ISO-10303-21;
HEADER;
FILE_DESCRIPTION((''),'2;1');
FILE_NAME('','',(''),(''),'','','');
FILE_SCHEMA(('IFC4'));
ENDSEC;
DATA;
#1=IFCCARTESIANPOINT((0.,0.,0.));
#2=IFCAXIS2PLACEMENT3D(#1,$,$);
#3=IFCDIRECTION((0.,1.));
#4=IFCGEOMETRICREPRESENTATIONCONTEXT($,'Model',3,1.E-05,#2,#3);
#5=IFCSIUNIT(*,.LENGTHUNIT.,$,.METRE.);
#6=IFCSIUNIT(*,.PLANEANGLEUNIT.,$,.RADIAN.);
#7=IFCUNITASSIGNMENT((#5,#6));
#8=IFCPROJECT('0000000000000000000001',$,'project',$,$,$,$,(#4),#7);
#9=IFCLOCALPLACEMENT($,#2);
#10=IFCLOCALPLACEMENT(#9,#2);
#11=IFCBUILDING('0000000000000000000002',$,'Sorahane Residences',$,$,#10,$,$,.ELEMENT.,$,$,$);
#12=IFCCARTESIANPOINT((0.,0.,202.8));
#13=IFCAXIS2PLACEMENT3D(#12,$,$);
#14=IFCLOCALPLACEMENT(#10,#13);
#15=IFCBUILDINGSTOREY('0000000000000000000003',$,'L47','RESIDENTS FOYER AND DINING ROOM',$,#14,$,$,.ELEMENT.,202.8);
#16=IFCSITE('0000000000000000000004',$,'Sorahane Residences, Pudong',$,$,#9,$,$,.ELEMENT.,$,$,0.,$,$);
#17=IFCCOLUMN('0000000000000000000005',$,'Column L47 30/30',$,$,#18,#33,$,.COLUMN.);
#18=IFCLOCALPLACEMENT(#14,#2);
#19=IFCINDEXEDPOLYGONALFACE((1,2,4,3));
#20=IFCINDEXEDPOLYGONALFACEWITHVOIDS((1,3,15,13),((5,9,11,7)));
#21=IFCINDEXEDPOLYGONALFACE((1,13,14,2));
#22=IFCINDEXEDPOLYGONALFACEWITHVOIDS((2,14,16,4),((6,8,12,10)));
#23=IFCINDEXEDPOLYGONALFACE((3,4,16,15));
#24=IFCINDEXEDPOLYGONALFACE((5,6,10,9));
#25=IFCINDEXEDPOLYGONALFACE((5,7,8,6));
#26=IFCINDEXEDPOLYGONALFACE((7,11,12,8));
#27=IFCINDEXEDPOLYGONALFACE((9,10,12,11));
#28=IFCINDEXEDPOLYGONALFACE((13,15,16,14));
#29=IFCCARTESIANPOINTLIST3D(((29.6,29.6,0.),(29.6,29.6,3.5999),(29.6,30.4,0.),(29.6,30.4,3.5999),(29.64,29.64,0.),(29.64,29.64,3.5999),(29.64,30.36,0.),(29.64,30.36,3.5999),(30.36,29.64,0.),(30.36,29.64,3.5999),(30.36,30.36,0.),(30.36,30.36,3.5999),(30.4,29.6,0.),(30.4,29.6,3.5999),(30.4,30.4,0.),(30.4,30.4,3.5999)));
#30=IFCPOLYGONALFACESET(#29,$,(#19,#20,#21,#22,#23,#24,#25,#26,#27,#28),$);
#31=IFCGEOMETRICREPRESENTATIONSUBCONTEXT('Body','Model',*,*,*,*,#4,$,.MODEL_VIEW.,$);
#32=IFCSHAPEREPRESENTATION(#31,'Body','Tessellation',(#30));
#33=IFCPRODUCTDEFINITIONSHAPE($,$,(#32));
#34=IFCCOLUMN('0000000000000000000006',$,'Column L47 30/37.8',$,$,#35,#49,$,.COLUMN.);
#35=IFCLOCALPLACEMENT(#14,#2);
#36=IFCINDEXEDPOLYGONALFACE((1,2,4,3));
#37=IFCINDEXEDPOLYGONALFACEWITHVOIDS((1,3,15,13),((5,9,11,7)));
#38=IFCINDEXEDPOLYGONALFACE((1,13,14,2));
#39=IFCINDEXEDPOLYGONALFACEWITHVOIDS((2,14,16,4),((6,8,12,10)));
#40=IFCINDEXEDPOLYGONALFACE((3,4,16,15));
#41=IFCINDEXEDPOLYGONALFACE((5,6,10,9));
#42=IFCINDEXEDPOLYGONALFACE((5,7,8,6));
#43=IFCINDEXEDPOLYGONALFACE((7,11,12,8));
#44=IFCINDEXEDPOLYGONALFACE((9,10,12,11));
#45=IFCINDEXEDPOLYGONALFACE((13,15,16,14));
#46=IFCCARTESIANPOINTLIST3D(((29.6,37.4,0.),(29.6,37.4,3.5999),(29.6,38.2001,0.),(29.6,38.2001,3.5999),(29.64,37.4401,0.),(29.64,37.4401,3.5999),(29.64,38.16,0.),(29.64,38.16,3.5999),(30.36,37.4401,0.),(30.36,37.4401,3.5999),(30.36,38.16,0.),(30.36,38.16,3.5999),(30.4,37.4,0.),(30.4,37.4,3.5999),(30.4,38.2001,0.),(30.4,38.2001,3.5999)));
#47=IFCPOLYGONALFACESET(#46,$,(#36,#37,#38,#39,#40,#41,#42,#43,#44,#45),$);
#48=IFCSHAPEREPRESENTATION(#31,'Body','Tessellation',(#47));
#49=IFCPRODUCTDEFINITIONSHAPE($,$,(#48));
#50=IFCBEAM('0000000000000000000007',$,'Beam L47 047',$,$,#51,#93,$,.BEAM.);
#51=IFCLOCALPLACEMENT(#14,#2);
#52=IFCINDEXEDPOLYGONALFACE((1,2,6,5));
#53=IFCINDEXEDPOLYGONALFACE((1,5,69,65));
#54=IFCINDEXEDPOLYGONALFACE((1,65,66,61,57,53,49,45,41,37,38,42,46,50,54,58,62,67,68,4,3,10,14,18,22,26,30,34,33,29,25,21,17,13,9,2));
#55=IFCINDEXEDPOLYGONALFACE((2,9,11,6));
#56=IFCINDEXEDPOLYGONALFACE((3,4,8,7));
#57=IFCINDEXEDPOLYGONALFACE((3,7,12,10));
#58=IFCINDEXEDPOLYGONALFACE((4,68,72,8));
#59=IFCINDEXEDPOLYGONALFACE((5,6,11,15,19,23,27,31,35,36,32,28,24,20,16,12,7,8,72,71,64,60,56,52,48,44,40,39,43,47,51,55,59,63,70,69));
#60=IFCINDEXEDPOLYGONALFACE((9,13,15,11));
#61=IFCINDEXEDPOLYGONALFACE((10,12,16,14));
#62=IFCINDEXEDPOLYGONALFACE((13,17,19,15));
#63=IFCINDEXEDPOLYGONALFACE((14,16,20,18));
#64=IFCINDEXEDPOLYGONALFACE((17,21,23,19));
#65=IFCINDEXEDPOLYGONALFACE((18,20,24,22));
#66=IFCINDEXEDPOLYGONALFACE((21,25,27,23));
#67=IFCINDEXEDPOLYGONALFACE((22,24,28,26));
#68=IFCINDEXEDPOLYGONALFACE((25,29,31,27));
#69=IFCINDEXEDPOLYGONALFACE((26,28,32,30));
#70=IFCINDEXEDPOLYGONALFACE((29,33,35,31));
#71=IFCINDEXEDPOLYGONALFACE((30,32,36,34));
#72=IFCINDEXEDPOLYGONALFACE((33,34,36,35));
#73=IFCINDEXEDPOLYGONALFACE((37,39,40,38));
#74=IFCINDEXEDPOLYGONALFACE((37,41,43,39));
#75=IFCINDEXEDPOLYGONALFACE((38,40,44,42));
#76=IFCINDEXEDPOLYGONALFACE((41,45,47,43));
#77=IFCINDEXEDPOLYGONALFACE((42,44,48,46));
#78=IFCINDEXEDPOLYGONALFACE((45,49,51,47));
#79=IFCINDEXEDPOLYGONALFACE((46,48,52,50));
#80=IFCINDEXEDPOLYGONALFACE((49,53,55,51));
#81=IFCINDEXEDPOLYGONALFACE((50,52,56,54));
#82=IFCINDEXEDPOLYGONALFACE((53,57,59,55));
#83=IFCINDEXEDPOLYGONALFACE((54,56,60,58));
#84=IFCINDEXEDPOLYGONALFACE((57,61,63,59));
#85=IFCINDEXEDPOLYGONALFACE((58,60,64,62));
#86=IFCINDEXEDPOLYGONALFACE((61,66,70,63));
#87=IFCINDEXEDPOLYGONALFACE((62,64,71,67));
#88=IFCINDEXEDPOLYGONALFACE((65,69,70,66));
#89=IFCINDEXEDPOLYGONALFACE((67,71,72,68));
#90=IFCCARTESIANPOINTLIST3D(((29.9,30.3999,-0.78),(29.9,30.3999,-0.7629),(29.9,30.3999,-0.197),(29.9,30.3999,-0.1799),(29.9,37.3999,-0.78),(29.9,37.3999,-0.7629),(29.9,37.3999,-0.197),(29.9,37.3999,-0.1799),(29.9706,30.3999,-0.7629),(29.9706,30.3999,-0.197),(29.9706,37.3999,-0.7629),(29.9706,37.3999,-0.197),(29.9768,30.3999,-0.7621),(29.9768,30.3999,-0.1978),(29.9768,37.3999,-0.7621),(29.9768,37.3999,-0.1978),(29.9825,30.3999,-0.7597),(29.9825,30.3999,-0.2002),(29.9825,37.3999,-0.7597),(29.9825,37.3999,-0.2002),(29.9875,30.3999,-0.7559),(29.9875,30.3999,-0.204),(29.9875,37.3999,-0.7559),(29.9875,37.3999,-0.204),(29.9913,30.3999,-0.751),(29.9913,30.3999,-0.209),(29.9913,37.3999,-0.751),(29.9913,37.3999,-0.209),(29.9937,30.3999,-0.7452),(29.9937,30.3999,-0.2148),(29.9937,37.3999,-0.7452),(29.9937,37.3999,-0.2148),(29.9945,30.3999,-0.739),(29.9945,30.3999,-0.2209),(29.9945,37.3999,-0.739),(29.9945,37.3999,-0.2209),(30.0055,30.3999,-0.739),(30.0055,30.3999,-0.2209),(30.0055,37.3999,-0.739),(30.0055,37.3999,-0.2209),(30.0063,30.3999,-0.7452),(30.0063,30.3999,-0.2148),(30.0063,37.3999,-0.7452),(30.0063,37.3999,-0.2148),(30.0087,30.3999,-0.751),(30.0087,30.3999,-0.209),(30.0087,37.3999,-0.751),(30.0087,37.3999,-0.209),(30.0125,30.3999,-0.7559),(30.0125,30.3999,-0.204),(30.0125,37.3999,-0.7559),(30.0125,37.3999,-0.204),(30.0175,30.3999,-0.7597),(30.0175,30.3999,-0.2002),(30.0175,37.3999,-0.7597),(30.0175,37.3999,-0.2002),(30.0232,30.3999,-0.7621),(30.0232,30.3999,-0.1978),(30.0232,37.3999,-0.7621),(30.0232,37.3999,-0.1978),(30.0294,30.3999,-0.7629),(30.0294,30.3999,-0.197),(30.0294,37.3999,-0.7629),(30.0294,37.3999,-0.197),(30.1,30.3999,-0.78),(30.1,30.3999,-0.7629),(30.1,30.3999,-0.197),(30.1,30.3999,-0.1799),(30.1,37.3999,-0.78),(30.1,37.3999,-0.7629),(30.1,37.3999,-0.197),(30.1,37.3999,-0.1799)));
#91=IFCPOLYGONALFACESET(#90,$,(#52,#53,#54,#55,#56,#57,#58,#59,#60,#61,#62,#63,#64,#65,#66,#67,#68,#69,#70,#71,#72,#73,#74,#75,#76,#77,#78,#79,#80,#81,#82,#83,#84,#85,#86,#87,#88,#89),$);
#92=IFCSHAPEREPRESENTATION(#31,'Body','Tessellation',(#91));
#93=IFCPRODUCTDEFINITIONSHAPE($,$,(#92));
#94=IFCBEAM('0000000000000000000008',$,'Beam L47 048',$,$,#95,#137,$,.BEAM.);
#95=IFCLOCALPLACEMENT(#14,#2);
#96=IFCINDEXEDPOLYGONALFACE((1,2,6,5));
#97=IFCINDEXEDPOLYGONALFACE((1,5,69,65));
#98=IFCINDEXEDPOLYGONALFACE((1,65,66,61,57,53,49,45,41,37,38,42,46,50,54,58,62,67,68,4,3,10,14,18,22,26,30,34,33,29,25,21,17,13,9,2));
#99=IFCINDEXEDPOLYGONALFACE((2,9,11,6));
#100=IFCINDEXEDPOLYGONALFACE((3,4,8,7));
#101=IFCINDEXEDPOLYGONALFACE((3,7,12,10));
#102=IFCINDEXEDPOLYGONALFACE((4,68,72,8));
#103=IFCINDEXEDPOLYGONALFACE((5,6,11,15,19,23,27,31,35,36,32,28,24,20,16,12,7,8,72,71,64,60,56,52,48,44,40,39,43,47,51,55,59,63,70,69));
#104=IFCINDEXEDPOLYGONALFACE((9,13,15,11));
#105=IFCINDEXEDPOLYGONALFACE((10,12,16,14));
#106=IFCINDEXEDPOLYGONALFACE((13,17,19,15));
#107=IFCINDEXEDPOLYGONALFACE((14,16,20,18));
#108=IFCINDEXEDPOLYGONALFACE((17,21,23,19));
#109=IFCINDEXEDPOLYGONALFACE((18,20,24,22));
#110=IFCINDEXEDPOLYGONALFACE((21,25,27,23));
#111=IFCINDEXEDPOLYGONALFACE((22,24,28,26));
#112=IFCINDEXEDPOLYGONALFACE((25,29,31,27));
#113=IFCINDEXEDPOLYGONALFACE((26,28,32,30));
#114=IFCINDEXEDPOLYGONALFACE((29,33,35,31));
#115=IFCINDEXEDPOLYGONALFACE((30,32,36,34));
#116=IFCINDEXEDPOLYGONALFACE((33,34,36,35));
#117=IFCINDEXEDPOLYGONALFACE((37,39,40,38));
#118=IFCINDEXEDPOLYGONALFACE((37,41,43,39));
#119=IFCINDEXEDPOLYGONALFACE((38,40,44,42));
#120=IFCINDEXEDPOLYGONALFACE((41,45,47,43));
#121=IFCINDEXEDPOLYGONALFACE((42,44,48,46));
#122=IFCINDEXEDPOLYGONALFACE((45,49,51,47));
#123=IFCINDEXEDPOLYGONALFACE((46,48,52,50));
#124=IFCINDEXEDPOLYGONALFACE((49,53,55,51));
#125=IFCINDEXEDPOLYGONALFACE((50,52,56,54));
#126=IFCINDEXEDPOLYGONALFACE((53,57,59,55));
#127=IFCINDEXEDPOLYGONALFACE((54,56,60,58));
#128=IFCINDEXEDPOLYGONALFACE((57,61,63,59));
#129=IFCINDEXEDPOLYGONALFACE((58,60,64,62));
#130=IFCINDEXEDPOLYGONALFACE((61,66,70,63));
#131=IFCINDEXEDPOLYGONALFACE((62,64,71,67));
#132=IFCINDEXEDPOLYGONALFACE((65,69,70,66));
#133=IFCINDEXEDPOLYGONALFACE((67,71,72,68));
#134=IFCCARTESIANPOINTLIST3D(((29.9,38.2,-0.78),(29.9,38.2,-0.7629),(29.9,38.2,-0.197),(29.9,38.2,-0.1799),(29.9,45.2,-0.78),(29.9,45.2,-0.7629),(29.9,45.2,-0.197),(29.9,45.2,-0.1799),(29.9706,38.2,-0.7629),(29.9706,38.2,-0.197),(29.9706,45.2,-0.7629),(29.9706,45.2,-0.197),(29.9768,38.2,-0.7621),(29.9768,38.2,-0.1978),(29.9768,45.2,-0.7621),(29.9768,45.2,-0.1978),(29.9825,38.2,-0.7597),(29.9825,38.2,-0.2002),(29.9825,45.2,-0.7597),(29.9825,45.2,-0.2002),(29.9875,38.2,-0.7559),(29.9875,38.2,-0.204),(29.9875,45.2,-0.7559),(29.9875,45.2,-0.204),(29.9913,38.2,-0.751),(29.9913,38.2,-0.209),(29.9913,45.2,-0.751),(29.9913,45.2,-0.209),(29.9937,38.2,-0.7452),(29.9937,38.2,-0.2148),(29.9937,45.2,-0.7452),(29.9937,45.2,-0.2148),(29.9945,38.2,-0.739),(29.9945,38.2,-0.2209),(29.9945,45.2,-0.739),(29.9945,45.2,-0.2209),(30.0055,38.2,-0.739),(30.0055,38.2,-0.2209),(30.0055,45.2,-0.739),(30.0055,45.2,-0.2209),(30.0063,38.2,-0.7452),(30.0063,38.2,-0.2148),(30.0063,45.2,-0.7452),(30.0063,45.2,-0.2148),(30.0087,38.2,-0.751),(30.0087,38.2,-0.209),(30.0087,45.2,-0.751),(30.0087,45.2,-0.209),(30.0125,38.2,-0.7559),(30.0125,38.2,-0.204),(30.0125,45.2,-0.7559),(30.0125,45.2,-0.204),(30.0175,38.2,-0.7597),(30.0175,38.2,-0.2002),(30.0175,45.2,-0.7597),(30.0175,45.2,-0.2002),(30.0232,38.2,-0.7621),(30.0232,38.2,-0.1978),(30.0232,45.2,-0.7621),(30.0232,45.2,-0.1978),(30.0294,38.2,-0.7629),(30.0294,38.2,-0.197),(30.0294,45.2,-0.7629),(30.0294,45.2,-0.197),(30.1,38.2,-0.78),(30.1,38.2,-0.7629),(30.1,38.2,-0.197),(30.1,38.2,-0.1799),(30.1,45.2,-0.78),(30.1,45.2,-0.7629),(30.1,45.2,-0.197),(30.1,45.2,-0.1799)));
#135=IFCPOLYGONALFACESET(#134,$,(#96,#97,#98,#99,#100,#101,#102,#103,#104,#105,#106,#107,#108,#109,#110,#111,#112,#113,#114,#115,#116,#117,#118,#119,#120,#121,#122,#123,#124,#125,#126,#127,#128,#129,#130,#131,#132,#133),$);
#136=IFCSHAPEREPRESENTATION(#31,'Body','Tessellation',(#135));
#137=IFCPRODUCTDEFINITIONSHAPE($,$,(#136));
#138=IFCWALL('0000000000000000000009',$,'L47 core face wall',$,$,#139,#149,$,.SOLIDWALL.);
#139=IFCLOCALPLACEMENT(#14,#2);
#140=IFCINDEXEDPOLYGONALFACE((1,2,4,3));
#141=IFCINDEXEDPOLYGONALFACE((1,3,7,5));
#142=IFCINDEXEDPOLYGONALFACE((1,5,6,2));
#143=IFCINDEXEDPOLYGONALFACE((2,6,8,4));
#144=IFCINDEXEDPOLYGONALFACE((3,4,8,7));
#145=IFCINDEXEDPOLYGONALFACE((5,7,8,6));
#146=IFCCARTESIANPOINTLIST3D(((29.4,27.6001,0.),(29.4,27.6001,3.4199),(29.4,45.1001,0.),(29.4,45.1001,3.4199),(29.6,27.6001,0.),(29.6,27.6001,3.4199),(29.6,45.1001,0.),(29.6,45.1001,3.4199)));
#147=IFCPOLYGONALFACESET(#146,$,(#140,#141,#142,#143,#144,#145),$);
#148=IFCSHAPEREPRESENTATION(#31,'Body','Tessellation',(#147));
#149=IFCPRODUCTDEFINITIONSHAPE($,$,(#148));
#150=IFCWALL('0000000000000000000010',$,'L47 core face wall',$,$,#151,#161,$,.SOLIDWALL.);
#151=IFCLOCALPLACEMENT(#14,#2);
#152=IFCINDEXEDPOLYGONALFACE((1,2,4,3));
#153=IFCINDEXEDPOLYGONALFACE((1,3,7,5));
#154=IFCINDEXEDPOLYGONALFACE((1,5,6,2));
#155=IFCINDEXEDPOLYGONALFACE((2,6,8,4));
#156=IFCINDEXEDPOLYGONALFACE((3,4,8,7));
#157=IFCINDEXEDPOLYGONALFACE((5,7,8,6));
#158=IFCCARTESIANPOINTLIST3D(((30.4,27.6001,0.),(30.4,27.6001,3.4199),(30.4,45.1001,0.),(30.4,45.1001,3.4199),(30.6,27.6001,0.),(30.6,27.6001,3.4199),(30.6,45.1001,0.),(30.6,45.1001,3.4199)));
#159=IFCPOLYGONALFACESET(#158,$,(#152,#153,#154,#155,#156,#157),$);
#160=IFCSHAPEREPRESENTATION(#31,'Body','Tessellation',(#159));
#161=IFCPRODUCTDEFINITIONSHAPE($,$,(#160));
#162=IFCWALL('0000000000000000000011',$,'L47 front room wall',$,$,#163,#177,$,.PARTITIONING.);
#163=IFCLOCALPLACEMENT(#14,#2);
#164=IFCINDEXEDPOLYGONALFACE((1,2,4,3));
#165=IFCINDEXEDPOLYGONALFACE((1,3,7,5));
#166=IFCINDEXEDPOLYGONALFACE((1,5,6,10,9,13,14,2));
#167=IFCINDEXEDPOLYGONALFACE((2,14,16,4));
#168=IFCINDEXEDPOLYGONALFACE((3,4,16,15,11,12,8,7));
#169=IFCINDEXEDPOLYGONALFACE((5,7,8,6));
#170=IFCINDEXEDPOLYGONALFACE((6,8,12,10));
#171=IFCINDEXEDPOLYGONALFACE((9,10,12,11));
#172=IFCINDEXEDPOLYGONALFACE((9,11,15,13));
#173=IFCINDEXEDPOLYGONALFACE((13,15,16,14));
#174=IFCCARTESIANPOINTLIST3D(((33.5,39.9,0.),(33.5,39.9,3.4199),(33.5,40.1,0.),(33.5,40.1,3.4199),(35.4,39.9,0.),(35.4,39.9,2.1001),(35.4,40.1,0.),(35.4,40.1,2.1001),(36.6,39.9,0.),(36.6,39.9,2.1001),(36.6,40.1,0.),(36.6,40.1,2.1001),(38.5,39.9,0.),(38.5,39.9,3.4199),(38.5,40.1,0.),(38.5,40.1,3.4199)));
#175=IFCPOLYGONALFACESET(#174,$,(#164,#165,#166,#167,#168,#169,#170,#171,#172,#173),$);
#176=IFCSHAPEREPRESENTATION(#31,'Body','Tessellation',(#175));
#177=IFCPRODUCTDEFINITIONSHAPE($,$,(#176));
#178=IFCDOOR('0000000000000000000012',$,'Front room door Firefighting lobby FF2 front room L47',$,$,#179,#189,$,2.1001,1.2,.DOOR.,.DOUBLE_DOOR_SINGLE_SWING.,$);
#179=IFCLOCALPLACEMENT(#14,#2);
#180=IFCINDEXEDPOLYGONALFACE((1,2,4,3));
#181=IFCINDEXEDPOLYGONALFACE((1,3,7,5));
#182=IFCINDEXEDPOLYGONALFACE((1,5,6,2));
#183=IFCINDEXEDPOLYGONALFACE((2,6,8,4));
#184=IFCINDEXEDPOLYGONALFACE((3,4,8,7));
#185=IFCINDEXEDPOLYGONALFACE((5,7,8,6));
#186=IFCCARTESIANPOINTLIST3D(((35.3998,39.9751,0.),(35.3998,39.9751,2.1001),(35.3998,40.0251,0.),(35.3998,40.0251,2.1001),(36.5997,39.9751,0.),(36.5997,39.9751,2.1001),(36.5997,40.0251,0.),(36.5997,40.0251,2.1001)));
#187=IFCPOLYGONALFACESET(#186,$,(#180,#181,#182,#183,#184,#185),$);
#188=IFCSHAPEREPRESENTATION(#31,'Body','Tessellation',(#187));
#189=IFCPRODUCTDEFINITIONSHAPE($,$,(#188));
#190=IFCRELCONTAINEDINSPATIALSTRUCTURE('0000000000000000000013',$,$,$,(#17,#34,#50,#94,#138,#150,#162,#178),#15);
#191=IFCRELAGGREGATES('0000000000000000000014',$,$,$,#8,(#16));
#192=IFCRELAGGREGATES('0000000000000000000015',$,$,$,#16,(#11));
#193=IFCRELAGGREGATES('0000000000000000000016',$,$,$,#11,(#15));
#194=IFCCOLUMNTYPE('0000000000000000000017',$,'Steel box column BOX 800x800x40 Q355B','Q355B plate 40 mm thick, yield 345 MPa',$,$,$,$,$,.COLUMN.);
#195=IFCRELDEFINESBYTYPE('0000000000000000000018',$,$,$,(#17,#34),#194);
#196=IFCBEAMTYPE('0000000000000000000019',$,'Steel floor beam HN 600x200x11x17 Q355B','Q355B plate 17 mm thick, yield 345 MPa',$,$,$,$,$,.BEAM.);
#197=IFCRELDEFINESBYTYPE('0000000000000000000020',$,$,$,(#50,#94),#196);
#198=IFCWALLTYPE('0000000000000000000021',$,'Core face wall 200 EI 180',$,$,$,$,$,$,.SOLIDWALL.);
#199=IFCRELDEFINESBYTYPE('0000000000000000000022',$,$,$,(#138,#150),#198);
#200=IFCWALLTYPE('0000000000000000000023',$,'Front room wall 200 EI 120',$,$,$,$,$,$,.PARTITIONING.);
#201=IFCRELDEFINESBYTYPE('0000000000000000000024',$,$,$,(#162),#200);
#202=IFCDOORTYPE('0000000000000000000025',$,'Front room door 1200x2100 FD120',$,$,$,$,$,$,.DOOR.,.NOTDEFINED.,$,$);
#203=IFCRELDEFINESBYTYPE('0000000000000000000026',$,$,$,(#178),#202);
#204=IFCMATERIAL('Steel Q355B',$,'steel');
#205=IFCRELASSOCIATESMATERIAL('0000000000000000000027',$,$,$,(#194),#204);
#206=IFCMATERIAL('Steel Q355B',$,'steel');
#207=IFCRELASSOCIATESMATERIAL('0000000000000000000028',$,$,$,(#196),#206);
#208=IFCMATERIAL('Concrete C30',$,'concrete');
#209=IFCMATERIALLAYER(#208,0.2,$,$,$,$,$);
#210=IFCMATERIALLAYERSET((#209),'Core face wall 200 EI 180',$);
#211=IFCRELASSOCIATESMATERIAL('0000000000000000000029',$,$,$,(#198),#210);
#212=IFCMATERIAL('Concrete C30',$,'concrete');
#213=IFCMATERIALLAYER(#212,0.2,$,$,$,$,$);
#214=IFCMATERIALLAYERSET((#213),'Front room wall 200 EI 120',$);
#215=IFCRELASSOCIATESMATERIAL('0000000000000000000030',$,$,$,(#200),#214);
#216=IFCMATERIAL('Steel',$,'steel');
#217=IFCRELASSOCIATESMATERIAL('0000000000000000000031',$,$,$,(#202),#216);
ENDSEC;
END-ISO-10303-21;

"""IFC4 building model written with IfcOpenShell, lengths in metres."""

from ifc_helpers import new_model, si_unit, direction, frame, frame_2d, origin, origin_2d, place, context, subcontext, project, spatial, rectangle, hollow_rectangle, i_section, extrude, material, layer, layer_set, material_profile, profile_set, type_object, element, fill, save


model = new_model("IFC4")

# Units and contexts
model_context = context("Model", 3, precision=1e-05, world=origin(), true_north=direction((0.0, 1.0)))
body_context = subcontext(model_context, "Body", "Model", "MODEL_VIEW")
ifc_project = project(units=[si_unit("LENGTHUNIT", "METRE"), si_unit("PLANEANGLEUNIT", "RADIAN")], contexts=[model_context])

# Site, building, storey
site_placement = place(None, origin())
site = spatial("IfcSite", under=ifc_project, at=site_placement, Name="Sorahane Residences, Pudong", CompositionType="ELEMENT", RefElevation=0.0)
building_placement = place(site_placement, origin())
building = spatial("IfcBuilding", under=site, at=building_placement, Name="Sorahane Residences", CompositionType="ELEMENT")
storey_placement = place(building_placement, frame((0.0, 0.0, 202.8)))
storey = spatial("IfcBuildingStorey", under=building, at=storey_placement, Name="L47", Description="RESIDENTS FOYER AND DINING ROOM", CompositionType="ELEMENT", Elevation=202.8)

# Columns
ifc_material_1 = material(Name="Steel Q355B", Category="steel")
ifc_material_profile_1 = material_profile(ifc_material_1, hollow_rectangle(XDim=0.8, YDim=0.8, WallThickness=0.04, at=origin_2d()), Name="BOX 800x800x40")
ifc_profile_set_1 = profile_set([ifc_material_profile_1], Name="Steel Q355B")
column_type = type_object("IfcColumnType", Name="Steel box column BOX 800x800x40 Q355B", Description="Q355B plate 40 mm thick, yield 345 MPa", PredefinedType="COLUMN", material=ifc_profile_set_1)
for number, where, z_axis, x_axis, name in (
    (1, (30.0, 30.0, 0.0), (0.0, 0.0, 1.0), (1.0, 0.0, 0.0), "Column L47 30/30"),
    (2, (30.0, 37.8, 0.0), (0.0, 0.0, 1.0), (1.0, 0.0, 0.0), "Column L47 30/37.8"),
):
    element("IfcColumn", number, at=place(storey_placement, frame(where, z_axis=z_axis, x_axis=x_axis)), inside=storey, type_object=column_type, Name=name, PredefinedType="COLUMN", context=body_context, shape_type="SweptSolid", body=[
        extrude(hollow_rectangle(XDim=0.8, YDim=0.8, WallThickness=0.04, at=origin_2d()), origin(), (0.0, 0.0, 1.0), 3.5999),
    ])

# Beams
ifc_material_2 = material(Name="Steel Q355B", Category="steel")
ifc_material_profile_2 = material_profile(ifc_material_2, i_section(OverallWidth=0.2, OverallDepth=0.6001, WebThickness=0.011, FlangeThickness=0.0171, FilletRadius=0.0239, at=origin_2d()), Name="HN 600x200x11x17")
ifc_profile_set_2 = profile_set([ifc_material_profile_2], Name="Steel Q355B")
beam_type = type_object("IfcBeamType", Name="Steel floor beam HN 600x200x11x17 Q355B", Description="Q355B plate 17 mm thick, yield 345 MPa", PredefinedType="BEAM", material=ifc_profile_set_2)
for number, where, z_axis, x_axis, name in (
    (3, (30.0, 30.3999, -0.48), (0.0, 1.0, 0.0), (-1.0, 0.0, 0.0), "Beam L47 047"),
    (4, (30.0, 38.2, -0.48), (0.0, 1.0, 0.0), (-1.0, 0.0, 0.0), "Beam L47 048"),
):
    element("IfcBeam", number, at=place(storey_placement, frame(where, z_axis=z_axis, x_axis=x_axis)), inside=storey, type_object=beam_type, Name=name, PredefinedType="BEAM", context=body_context, shape_type="SweptSolid", body=[
        extrude(i_section(OverallWidth=0.2, OverallDepth=0.6001, WebThickness=0.011, FlangeThickness=0.0171, FilletRadius=0.0239, at=origin_2d()), origin(), (0.0, 0.0, 1.0), 7.0),
    ])

# Walls
ifc_material_3 = material(Name="Concrete C30", Category="concrete")
ifc_layer_1 = layer(ifc_material_3, 0.2)
ifc_layer_set_1 = layer_set([ifc_layer_1], Name="Core face wall 200 EI 180")
wall_type_1 = type_object("IfcWallType", Name="Core face wall 200 EI 180", PredefinedType="SOLIDWALL", material=ifc_layer_set_1)
for number, where, z_axis, x_axis, name in (
    (5, (29.5, 27.6001, 0.0), (0.0, 0.0, 1.0), (0.0, 1.0, 0.0), "L47 core face wall"),
    (6, (30.5, 27.6001, 0.0), (0.0, 0.0, 1.0), (0.0, 1.0, 0.0), "L47 core face wall"),
):
    element("IfcWall", number, at=place(storey_placement, frame(where, z_axis=z_axis, x_axis=x_axis)), inside=storey, type_object=wall_type_1, Name=name, PredefinedType="SOLIDWALL", context=body_context, shape_type="SweptSolid", body=[
        extrude(rectangle(XDim=17.5, YDim=0.2, at=frame_2d((8.75, 0.0))), origin(), (0.0, 0.0, 1.0), 3.4199),
    ])

# Wall, opening, door
ifc_material_4 = material(Name="Concrete C30", Category="concrete")
ifc_layer_2 = layer(ifc_material_4, 0.2)
ifc_layer_set_2 = layer_set([ifc_layer_2], Name="Front room wall 200 EI 120")
wall_type_2 = type_object("IfcWallType", Name="Front room wall 200 EI 120", PredefinedType="PARTITIONING", material=ifc_layer_set_2)
wall_1_placement = place(storey_placement, frame((33.5, 40.0, 0.0), z_axis=(0.0, 0.0, 1.0), x_axis=(1.0, 0.0, 0.0)))
wall_1 = element("IfcWall", 7, at=wall_1_placement, inside=storey, type_object=wall_type_2, Name="L47 front room wall", PredefinedType="PARTITIONING", context=body_context, shape_type="SweptSolid", body=[
    extrude(rectangle(XDim=5.0, YDim=0.2, at=frame_2d((2.5, 0.0))), origin(), (0.0, 0.0, 1.0), 3.4199),
])
opening_1_placement = place(wall_1_placement, frame((1.8999, 0.0, 0.0)))
opening_1 = element("IfcOpeningElement", 8, at=opening_1_placement, cuts=wall_1, PredefinedType="OPENING", context=body_context, shape_type="SweptSolid", body=[
    extrude(rectangle(XDim=1.2, YDim=2.1001, at=frame_2d((0.6001, 1.05))), frame((0.0, 0.1099, 0.0), z_axis=(0.0, -1.0, 0.0), x_axis=(1.0, 0.0, 0.0)), (0.0, 0.0, 1.0), 0.22),
])
ifc_material_5 = material(Name="Steel", Category="steel")
door_type_1 = type_object("IfcDoorType", Name="Front room door 1200x2100 FD120", OperationType="NOTDEFINED", PredefinedType="DOOR", material=ifc_material_5)
door_1_placement = place(opening_1_placement, frame((1.2, 0.0, 0.0), z_axis=(0.0, 0.0, 1.0), x_axis=(-1.0, 0.0, 0.0)))
door_1 = element("IfcDoor", 9, at=door_1_placement, inside=storey, type_object=door_type_1, Name="Front room door Firefighting lobby FF2 front room L47", OperationType="DOUBLE_DOOR_SINGLE_SWING", OverallHeight=2.1001, OverallWidth=1.2, PredefinedType="DOOR", context=body_context, shape_type="SweptSolid", body=[
    extrude(rectangle(XDim=1.2, YDim=2.1001, at=frame_2d((0.6001, 1.05))), frame((0.0, 0.0249, 0.0), z_axis=(0.0, -1.0, 0.0), x_axis=(1.0, 0.0, 0.0)), (0.0, 0.0, 1.0), 0.05),
])
fill(opening_1, door_1)

save(model, "model.ifc")
